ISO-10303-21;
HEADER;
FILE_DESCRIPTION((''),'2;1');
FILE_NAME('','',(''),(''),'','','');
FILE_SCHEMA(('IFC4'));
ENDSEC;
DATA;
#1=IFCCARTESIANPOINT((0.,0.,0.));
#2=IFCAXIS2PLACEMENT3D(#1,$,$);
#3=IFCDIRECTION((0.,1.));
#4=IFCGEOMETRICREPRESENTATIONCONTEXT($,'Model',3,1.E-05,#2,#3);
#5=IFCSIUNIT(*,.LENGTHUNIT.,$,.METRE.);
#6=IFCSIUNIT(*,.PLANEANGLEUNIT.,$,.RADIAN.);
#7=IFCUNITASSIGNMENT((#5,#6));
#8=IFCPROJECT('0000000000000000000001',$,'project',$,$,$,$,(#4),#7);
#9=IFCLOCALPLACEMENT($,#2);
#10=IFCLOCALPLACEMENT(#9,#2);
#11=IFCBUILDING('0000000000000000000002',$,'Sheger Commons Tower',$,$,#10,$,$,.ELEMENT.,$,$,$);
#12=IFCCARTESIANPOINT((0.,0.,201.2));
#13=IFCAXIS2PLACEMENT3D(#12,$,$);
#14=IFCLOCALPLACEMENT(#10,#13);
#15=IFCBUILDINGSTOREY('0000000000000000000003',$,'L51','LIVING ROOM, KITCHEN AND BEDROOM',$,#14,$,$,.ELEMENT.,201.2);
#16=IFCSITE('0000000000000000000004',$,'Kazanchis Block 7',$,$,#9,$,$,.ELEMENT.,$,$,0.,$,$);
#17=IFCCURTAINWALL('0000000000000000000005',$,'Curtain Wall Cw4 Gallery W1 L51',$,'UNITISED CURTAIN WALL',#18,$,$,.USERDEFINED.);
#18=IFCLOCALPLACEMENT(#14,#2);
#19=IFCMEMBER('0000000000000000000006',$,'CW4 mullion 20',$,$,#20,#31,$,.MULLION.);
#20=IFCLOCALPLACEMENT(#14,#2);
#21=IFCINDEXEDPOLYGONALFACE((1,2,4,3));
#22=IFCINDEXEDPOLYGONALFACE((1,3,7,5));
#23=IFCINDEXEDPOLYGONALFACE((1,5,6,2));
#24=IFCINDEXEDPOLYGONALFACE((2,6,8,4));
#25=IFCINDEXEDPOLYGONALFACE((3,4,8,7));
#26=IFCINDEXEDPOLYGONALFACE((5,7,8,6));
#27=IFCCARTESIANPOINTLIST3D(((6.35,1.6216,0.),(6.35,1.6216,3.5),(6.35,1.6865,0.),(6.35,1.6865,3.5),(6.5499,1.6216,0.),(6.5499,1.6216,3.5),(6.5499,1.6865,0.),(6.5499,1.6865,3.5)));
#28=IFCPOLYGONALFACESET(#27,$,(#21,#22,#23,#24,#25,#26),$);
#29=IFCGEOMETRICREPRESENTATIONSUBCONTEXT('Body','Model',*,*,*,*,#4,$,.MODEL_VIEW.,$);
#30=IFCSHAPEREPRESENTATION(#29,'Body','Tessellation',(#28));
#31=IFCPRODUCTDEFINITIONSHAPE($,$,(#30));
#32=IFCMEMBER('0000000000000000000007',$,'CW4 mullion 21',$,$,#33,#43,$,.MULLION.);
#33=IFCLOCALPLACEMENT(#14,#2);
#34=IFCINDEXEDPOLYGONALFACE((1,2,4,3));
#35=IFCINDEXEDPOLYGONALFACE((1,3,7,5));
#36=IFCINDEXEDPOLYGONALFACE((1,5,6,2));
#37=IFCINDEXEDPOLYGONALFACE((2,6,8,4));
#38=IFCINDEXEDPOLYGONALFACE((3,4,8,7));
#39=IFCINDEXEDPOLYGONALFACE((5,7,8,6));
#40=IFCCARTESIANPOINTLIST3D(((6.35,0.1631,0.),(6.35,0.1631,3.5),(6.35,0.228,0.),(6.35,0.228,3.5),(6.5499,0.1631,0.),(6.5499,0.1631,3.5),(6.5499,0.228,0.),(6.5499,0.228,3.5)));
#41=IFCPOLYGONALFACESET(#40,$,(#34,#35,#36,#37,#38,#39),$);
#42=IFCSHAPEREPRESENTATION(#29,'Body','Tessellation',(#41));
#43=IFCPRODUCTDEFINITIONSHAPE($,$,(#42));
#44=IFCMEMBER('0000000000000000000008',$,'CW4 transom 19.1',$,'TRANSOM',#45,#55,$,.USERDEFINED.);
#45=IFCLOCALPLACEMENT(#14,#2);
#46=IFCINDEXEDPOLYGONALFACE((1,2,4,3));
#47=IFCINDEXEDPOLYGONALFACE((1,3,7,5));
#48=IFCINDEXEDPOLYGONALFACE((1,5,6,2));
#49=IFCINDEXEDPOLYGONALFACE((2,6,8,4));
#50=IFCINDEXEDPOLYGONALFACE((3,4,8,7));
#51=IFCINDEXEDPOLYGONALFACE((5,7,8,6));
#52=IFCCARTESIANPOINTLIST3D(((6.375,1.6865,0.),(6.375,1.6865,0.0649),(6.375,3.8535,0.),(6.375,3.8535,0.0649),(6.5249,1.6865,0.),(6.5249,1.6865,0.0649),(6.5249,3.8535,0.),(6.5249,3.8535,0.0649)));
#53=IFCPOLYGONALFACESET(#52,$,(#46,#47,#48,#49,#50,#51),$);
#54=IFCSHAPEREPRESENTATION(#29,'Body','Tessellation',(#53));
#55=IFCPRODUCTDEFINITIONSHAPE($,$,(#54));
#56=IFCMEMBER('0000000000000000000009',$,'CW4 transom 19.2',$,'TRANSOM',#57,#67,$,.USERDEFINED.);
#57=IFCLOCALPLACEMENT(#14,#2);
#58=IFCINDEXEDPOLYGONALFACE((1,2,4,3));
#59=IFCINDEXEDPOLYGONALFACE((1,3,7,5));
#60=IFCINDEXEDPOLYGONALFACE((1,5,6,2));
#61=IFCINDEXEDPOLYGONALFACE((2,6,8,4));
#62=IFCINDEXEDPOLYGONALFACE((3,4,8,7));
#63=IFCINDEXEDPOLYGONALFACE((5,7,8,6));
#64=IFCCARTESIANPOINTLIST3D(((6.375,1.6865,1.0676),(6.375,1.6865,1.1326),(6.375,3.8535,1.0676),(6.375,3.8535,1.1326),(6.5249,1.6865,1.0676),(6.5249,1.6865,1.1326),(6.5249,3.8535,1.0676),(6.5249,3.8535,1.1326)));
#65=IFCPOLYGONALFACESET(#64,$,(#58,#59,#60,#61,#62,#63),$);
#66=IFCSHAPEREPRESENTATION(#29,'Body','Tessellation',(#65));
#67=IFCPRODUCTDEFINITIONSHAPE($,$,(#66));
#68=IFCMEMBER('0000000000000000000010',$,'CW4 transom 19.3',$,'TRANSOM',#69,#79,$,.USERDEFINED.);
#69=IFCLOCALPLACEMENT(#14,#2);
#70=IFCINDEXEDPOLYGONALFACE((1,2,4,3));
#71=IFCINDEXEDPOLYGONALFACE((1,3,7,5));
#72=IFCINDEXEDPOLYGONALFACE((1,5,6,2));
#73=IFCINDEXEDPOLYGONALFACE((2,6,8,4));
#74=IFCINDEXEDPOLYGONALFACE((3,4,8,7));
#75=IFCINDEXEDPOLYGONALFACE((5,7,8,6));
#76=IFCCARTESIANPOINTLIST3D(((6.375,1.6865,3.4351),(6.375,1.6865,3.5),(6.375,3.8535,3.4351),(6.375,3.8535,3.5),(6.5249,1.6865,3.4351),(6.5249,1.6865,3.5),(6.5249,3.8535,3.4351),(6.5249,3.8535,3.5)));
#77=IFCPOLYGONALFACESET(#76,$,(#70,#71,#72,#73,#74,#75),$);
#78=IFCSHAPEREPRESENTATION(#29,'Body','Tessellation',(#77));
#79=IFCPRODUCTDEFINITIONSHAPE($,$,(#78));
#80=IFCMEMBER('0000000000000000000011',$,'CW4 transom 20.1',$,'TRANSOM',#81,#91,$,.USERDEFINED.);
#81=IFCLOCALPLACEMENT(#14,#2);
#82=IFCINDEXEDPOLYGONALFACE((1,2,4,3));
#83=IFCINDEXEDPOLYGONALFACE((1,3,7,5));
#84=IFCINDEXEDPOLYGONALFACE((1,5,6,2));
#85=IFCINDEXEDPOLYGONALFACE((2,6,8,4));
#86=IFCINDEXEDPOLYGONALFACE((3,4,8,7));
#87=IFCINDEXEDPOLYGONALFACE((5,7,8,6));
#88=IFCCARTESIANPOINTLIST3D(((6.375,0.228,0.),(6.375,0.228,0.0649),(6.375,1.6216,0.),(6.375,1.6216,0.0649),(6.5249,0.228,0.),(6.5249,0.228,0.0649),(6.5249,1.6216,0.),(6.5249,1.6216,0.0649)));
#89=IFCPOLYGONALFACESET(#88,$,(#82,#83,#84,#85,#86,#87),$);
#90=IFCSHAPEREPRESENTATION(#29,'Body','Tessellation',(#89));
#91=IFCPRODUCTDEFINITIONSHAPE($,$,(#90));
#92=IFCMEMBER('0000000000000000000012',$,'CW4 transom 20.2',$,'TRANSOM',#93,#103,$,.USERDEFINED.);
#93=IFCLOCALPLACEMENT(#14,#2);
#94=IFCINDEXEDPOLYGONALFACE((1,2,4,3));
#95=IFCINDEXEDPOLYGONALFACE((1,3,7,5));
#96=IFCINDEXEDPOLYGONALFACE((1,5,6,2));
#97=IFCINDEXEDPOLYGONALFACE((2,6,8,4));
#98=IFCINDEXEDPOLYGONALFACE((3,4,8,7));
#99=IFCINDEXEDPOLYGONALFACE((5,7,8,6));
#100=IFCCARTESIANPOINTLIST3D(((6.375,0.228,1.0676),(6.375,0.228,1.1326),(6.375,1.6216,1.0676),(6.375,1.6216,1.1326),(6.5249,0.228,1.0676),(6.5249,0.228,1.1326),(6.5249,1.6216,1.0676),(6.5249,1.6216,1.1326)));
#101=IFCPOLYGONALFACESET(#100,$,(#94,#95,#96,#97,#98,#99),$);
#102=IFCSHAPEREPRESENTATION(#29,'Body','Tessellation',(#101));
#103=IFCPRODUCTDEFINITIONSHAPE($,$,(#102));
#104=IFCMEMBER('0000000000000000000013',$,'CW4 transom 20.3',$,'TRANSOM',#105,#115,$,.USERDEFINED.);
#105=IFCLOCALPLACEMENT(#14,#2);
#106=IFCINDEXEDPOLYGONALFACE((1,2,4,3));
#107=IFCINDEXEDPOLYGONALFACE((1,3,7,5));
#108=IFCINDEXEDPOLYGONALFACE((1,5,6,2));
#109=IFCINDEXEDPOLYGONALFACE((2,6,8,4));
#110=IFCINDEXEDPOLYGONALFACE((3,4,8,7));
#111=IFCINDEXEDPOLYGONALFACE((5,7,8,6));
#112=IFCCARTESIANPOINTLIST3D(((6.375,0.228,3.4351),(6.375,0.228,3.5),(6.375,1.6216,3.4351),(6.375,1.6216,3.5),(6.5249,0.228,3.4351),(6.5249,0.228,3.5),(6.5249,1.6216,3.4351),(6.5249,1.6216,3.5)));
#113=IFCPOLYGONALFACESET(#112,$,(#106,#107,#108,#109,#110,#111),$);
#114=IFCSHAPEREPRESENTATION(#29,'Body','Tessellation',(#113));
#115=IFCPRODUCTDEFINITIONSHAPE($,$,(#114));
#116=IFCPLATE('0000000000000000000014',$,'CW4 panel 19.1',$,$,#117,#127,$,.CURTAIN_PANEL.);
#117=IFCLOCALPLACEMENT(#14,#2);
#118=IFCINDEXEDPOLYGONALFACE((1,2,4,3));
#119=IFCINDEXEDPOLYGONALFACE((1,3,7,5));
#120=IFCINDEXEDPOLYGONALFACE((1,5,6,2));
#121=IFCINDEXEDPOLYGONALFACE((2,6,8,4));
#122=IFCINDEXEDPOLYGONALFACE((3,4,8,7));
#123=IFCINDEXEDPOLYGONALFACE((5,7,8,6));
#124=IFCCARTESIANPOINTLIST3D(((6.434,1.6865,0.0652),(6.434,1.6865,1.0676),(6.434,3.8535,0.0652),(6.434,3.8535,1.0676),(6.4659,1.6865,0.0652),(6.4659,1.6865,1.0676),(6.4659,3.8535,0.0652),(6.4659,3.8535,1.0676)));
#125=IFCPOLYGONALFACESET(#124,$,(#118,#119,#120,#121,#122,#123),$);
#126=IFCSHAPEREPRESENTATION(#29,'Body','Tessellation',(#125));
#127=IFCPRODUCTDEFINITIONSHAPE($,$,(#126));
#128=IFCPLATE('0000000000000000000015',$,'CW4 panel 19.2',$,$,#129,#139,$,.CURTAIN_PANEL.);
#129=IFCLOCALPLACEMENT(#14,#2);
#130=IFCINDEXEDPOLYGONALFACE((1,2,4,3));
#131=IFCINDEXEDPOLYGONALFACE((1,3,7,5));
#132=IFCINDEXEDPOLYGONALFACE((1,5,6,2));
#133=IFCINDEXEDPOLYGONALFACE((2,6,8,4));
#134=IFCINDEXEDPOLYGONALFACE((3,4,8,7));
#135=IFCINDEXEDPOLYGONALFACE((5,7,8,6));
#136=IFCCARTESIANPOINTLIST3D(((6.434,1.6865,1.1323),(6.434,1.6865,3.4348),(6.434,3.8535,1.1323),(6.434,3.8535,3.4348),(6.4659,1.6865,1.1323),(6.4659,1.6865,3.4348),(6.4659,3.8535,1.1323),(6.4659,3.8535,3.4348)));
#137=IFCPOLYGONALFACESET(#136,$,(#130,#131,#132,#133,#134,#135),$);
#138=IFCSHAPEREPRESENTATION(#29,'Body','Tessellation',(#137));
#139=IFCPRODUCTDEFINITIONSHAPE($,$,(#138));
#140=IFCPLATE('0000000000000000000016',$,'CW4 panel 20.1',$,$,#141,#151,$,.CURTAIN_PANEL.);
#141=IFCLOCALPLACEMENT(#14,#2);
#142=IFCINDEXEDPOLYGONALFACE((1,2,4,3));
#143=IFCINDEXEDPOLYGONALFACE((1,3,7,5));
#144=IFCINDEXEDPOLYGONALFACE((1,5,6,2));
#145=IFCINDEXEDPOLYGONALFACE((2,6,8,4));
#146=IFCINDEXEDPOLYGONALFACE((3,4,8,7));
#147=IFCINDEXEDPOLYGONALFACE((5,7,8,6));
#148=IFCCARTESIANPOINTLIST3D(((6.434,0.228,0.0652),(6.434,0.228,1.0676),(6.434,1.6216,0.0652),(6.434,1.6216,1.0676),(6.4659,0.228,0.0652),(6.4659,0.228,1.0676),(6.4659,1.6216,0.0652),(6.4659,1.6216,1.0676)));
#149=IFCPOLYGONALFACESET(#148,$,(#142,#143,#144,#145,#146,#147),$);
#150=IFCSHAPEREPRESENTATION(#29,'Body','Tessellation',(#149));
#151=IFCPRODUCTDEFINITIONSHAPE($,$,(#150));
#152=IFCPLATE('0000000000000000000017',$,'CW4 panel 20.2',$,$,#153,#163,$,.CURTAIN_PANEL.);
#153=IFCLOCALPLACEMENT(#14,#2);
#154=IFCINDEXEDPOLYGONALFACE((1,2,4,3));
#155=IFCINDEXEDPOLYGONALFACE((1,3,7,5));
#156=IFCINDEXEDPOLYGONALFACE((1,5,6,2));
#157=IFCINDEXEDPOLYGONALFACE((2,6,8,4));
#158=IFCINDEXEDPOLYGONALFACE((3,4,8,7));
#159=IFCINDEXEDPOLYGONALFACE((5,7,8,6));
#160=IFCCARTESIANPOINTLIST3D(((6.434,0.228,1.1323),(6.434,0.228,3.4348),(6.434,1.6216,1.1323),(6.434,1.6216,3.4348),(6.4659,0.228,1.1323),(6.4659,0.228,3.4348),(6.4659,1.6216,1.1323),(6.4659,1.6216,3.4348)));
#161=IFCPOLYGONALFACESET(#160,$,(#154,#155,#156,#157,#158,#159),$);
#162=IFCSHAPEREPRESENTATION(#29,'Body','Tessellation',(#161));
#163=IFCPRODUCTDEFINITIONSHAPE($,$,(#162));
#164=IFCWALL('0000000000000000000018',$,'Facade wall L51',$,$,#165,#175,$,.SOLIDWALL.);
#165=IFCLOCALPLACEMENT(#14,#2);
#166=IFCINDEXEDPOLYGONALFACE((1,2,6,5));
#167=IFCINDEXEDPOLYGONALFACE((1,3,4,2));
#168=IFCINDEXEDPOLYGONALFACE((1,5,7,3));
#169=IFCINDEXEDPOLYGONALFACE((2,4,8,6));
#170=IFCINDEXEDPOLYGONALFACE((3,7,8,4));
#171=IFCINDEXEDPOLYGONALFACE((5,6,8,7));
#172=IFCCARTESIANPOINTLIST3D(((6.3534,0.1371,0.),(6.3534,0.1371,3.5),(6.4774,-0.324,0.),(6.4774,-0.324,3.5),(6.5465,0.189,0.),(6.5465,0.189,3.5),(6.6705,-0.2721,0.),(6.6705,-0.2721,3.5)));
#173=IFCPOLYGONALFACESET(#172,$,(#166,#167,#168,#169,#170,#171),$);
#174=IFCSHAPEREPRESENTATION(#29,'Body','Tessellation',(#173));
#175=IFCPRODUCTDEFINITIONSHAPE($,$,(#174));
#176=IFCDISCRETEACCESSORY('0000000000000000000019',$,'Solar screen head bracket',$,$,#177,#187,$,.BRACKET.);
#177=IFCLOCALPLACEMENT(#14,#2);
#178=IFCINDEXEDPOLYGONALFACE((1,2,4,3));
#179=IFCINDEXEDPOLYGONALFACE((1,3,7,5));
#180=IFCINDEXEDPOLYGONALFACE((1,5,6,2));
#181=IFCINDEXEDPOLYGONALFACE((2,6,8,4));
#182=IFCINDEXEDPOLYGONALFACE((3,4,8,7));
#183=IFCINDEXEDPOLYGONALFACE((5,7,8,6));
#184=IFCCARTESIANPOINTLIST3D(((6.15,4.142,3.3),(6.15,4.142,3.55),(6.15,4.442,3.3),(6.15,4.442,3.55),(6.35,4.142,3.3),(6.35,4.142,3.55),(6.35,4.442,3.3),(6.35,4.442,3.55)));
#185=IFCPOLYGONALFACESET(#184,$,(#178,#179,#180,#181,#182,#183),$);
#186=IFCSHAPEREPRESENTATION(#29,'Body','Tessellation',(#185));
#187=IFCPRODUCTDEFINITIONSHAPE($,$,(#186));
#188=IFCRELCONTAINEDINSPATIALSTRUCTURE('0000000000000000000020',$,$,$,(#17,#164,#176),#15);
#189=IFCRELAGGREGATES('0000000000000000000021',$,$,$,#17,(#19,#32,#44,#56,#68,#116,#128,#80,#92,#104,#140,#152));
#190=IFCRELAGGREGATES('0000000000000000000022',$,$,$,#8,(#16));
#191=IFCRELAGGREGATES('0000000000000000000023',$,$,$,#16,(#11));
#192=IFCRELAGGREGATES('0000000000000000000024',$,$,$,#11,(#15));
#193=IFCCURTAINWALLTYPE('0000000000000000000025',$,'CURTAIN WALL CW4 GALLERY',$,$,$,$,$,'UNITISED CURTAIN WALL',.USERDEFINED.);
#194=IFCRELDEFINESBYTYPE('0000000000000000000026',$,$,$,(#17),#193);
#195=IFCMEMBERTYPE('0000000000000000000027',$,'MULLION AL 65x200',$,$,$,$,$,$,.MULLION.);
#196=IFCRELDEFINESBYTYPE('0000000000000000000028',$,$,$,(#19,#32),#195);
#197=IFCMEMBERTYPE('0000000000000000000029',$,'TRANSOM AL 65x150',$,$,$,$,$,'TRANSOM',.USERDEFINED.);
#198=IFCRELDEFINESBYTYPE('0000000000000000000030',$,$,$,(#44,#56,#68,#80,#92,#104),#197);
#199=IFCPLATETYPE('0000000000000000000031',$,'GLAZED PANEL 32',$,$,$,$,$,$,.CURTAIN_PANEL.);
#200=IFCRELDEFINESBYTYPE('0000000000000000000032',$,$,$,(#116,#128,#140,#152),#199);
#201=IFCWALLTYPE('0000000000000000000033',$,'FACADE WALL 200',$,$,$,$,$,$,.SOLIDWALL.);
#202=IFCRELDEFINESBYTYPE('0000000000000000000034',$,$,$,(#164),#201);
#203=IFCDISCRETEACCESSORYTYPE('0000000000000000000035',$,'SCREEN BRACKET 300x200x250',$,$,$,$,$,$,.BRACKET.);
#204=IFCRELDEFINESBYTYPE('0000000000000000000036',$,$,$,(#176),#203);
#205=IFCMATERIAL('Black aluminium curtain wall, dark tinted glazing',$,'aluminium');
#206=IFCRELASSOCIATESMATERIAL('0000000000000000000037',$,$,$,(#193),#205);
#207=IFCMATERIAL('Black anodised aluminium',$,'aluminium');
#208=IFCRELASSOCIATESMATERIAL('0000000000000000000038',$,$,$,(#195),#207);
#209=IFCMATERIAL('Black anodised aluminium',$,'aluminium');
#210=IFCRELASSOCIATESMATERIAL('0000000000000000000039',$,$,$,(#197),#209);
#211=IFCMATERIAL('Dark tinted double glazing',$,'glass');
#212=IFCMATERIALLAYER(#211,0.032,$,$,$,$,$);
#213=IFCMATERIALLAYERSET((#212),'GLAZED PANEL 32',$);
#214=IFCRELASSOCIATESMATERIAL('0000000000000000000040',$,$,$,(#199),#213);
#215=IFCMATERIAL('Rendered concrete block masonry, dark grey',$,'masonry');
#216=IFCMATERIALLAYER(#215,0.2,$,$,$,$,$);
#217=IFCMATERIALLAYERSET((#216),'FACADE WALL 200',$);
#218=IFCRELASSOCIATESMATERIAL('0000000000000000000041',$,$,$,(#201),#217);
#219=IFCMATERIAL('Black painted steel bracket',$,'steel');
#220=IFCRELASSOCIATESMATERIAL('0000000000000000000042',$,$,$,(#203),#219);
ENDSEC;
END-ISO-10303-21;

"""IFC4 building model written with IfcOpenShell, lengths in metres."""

from ifc_helpers import new_model, si_unit, direction, frame, frame_2d, origin, origin_2d, place, context, subcontext, project, spatial, rectangle, extrude, material, layer, layer_set, material_profile, profile_set, type_object, element, aggregate, save


model = new_model("IFC4")

# Units and contexts
model_context = context("Model", 3, precision=1e-05, world=origin(), true_north=direction((0.0, 1.0)))
body_context = subcontext(model_context, "Body", "Model", "MODEL_VIEW")
ifc_project = project(units=[si_unit("LENGTHUNIT", "METRE"), si_unit("PLANEANGLEUNIT", "RADIAN")], contexts=[model_context])

# Site, building, storey
site_placement = place(None, origin())
site = spatial("IfcSite", under=ifc_project, at=site_placement, Name="Kazanchis Block 7", CompositionType="ELEMENT", RefElevation=0.0)
building_placement = place(site_placement, origin())
building = spatial("IfcBuilding", under=site, at=building_placement, Name="Sheger Commons Tower", CompositionType="ELEMENT")
storey_placement = place(building_placement, frame((0.0, 0.0, 201.2)))
storey = spatial("IfcBuildingStorey", under=building, at=storey_placement, Name="L51", Description="LIVING ROOM, KITCHEN AND BEDROOM", CompositionType="ELEMENT", Elevation=201.2)

# Curtain wall, members, plates
ifc_material_1 = material(Name="Black aluminium curtain wall, dark tinted glazing", Category="aluminium")
curtain_wall_type = type_object("IfcCurtainWallType", Name="CURTAIN WALL CW4 GALLERY", ElementType="UNITISED CURTAIN WALL", PredefinedType="USERDEFINED", material=ifc_material_1)
curtain_wall_placement = place(storey_placement, origin())
curtain_wall = element("IfcCurtainWall", 1, at=curtain_wall_placement, inside=storey, type_object=curtain_wall_type, Name="Curtain Wall Cw4 Gallery W1 L51", ObjectType="UNITISED CURTAIN WALL", PredefinedType="USERDEFINED")
ifc_material_2 = material(Name="Black anodised aluminium", Category="aluminium")
ifc_material_profile_1 = material_profile(ifc_material_2, rectangle(XDim=0.2, YDim=0.0649, at=origin_2d()), Name="AL 65x200")
ifc_profile_set_1 = profile_set([ifc_material_profile_1], Name="Black anodised aluminium")
member_type_1 = type_object("IfcMemberType", Name="MULLION AL 65x200", PredefinedType="MULLION", material=ifc_profile_set_1)
member_1_placement = place(storey_placement, frame((6.45, 1.6541, 0.0), z_axis=(0.0, 0.0, 1.0), x_axis=(1.0, 0.0, 0.0)))
member_1 = element("IfcMember", 2, at=member_1_placement, type_object=member_type_1, Name="CW4 mullion 20", PredefinedType="MULLION", context=body_context, shape_type="SweptSolid", body=[
    extrude(rectangle(XDim=0.2, YDim=0.0649, at=origin_2d()), origin(), (0.0, 0.0, 1.0), 3.5),
])
member_2_placement = place(storey_placement, frame((6.45, 0.1956, 0.0), z_axis=(0.0, 0.0, 1.0), x_axis=(1.0, 0.0, 0.0)))
member_2 = element("IfcMember", 3, at=member_2_placement, type_object=member_type_1, Name="CW4 mullion 21", PredefinedType="MULLION", context=body_context, shape_type="SweptSolid", body=[
    extrude(rectangle(XDim=0.2, YDim=0.0649, at=origin_2d()), origin(), (0.0, 0.0, 1.0), 3.5),
])
ifc_material_3 = material(Name="Black anodised aluminium", Category="aluminium")
ifc_material_profile_2 = material_profile(ifc_material_3, rectangle(XDim=0.1499, YDim=0.0649, at=origin_2d()), Name="AL 65x150")
ifc_profile_set_2 = profile_set([ifc_material_profile_2], Name="Black anodised aluminium")
member_type_2 = type_object("IfcMemberType", Name="TRANSOM AL 65x150", ElementType="TRANSOM", PredefinedType="USERDEFINED", material=ifc_profile_set_2)
member_3_placement = place(storey_placement, frame((6.45, 3.8535, 0.0325), z_axis=(0.0, -1.0, 0.0), x_axis=(1.0, 0.0, 0.0)))
member_3 = element("IfcMember", 4, at=member_3_placement, type_object=member_type_2, Name="CW4 transom 19.1", ObjectType="TRANSOM", PredefinedType="USERDEFINED", context=body_context, shape_type="SweptSolid", body=[
    extrude(rectangle(XDim=0.1499, YDim=0.0649, at=origin_2d()), origin(), (0.0, 0.0, 1.0), 2.167),
])
member_4_placement = place(storey_placement, frame((6.45, 3.8535, 1.1001), z_axis=(0.0, -1.0, 0.0), x_axis=(1.0, 0.0, 0.0)))
member_4 = element("IfcMember", 5, at=member_4_placement, type_object=member_type_2, Name="CW4 transom 19.2", ObjectType="TRANSOM", PredefinedType="USERDEFINED", context=body_context, shape_type="SweptSolid", body=[
    extrude(rectangle(XDim=0.1499, YDim=0.0649, at=origin_2d()), origin(), (0.0, 0.0, 1.0), 2.167),
])
member_5_placement = place(storey_placement, frame((6.45, 3.8535, 3.4675), z_axis=(0.0, -1.0, 0.0), x_axis=(1.0, 0.0, 0.0)))
member_5 = element("IfcMember", 6, at=member_5_placement, type_object=member_type_2, Name="CW4 transom 19.3", ObjectType="TRANSOM", PredefinedType="USERDEFINED", context=body_context, shape_type="SweptSolid", body=[
    extrude(rectangle(XDim=0.1499, YDim=0.0649, at=origin_2d()), origin(), (0.0, 0.0, 1.0), 2.167),
])
member_6_placement = place(storey_placement, frame((6.45, 1.6216, 0.0325), z_axis=(0.0, -1.0, 0.0), x_axis=(1.0, 0.0, 0.0)))
member_6 = element("IfcMember", 7, at=member_6_placement, type_object=member_type_2, Name="CW4 transom 20.1", ObjectType="TRANSOM", PredefinedType="USERDEFINED", context=body_context, shape_type="SweptSolid", body=[
    extrude(rectangle(XDim=0.1499, YDim=0.0649, at=origin_2d()), origin(), (0.0, 0.0, 1.0), 1.3936),
])
member_7_placement = place(storey_placement, frame((6.45, 1.6216, 1.1001), z_axis=(0.0, -1.0, 0.0), x_axis=(1.0, 0.0, 0.0)))
member_7 = element("IfcMember", 8, at=member_7_placement, type_object=member_type_2, Name="CW4 transom 20.2", ObjectType="TRANSOM", PredefinedType="USERDEFINED", context=body_context, shape_type="SweptSolid", body=[
    extrude(rectangle(XDim=0.1499, YDim=0.0649, at=origin_2d()), origin(), (0.0, 0.0, 1.0), 1.3936),
])
member_8_placement = place(storey_placement, frame((6.45, 1.6216, 3.4675), z_axis=(0.0, -1.0, 0.0), x_axis=(1.0, 0.0, 0.0)))
member_8 = element("IfcMember", 9, at=member_8_placement, type_object=member_type_2, Name="CW4 transom 20.3", ObjectType="TRANSOM", PredefinedType="USERDEFINED", context=body_context, shape_type="SweptSolid", body=[
    extrude(rectangle(XDim=0.1499, YDim=0.0649, at=origin_2d()), origin(), (0.0, 0.0, 1.0), 1.3936),
])
ifc_material_4 = material(Name="Dark tinted double glazing", Category="glass")
ifc_layer_1 = layer(ifc_material_4, 0.032)
ifc_layer_set_1 = layer_set([ifc_layer_1], Name="GLAZED PANEL 32")
plate_type = type_object("IfcPlateType", Name="GLAZED PANEL 32", PredefinedType="CURTAIN_PANEL", material=ifc_layer_set_1)
plate_1_placement = place(storey_placement, frame((6.45, 2.77, 0.0652), z_axis=(0.0, 0.0, 1.0), x_axis=(0.0, -1.0, 0.0)))
plate_1 = element("IfcPlate", 10, at=plate_1_placement, type_object=plate_type, Name="CW4 panel 19.1", PredefinedType="CURTAIN_PANEL", context=body_context, shape_type="SweptSolid", body=[
    extrude(rectangle(XDim=2.167, YDim=0.032, at=origin_2d()), origin(), (0.0, 0.0, 1.0), 1.0024),
])
plate_2_placement = place(storey_placement, frame((6.45, 2.77, 1.1323), z_axis=(0.0, 0.0, 1.0), x_axis=(0.0, -1.0, 0.0)))
plate_2 = element("IfcPlate", 11, at=plate_2_placement, type_object=plate_type, Name="CW4 panel 19.2", PredefinedType="CURTAIN_PANEL", context=body_context, shape_type="SweptSolid", body=[
    extrude(rectangle(XDim=2.167, YDim=0.032, at=origin_2d()), origin(), (0.0, 0.0, 1.0), 2.3025),
])
plate_3_placement = place(storey_placement, frame((6.45, 0.9248, 0.0652), z_axis=(0.0, 0.0, 1.0), x_axis=(0.0, -1.0, 0.0)))
plate_3 = element("IfcPlate", 12, at=plate_3_placement, type_object=plate_type, Name="CW4 panel 20.1", PredefinedType="CURTAIN_PANEL", context=body_context, shape_type="SweptSolid", body=[
    extrude(rectangle(XDim=1.3936, YDim=0.032, at=origin_2d()), origin(), (0.0, 0.0, 1.0), 1.0024),
])
plate_4_placement = place(storey_placement, frame((6.45, 0.9248, 1.1323), z_axis=(0.0, 0.0, 1.0), x_axis=(0.0, -1.0, 0.0)))
plate_4 = element("IfcPlate", 13, at=plate_4_placement, type_object=plate_type, Name="CW4 panel 20.2", PredefinedType="CURTAIN_PANEL", context=body_context, shape_type="SweptSolid", body=[
    extrude(rectangle(XDim=1.3936, YDim=0.032, at=origin_2d()), origin(), (0.0, 0.0, 1.0), 2.3025),
])
aggregate(curtain_wall, [member_1, member_2, member_3, member_4, member_5, plate_1, plate_2, member_6, member_7, member_8, plate_3, plate_4])

# Wall
ifc_material_5 = material(Name="Rendered concrete block masonry, dark grey", Category="masonry")
ifc_layer_2 = layer(ifc_material_5, 0.2)
ifc_layer_set_2 = layer_set([ifc_layer_2], Name="FACADE WALL 200")
wall_type = type_object("IfcWallType", Name="FACADE WALL 200", PredefinedType="SOLIDWALL", material=ifc_layer_set_2)
wall_placement = place(storey_placement, frame((6.45, 0.1631, 0.0), z_axis=(0.0, 0.0, 1.0), x_axis=(0.259698, -0.96569, 0.0)))
element("IfcWall", 14, at=wall_placement, inside=storey, type_object=wall_type, Name="Facade wall L51", PredefinedType="SOLIDWALL", context=body_context, shape_type="SweptSolid", body=[
    extrude(rectangle(XDim=0.4775, YDim=0.2, at=frame_2d((0.2388, 0.0))), origin(), (0.0, 0.0, 1.0), 3.5),
])

# Discrete accessory
ifc_material_6 = material(Name="Black painted steel bracket", Category="steel")
discrete_accessory_type = type_object("IfcDiscreteAccessoryType", Name="SCREEN BRACKET 300x200x250", PredefinedType="BRACKET", material=ifc_material_6)
discrete_accessory_placement = place(storey_placement, frame((6.25, 4.292, 3.3), z_axis=(0.0, 0.0, 1.0), x_axis=(0.0, -1.0, 0.0)))
element("IfcDiscreteAccessory", 15, at=discrete_accessory_placement, inside=storey, type_object=discrete_accessory_type, Name="Solar screen head bracket", PredefinedType="BRACKET", context=body_context, shape_type="SweptSolid", body=[
    extrude(rectangle(XDim=0.3, YDim=0.2, at=origin_2d()), origin(), (0.0, 0.0, 1.0), 0.25),
])

save(model, "model.ifc")
